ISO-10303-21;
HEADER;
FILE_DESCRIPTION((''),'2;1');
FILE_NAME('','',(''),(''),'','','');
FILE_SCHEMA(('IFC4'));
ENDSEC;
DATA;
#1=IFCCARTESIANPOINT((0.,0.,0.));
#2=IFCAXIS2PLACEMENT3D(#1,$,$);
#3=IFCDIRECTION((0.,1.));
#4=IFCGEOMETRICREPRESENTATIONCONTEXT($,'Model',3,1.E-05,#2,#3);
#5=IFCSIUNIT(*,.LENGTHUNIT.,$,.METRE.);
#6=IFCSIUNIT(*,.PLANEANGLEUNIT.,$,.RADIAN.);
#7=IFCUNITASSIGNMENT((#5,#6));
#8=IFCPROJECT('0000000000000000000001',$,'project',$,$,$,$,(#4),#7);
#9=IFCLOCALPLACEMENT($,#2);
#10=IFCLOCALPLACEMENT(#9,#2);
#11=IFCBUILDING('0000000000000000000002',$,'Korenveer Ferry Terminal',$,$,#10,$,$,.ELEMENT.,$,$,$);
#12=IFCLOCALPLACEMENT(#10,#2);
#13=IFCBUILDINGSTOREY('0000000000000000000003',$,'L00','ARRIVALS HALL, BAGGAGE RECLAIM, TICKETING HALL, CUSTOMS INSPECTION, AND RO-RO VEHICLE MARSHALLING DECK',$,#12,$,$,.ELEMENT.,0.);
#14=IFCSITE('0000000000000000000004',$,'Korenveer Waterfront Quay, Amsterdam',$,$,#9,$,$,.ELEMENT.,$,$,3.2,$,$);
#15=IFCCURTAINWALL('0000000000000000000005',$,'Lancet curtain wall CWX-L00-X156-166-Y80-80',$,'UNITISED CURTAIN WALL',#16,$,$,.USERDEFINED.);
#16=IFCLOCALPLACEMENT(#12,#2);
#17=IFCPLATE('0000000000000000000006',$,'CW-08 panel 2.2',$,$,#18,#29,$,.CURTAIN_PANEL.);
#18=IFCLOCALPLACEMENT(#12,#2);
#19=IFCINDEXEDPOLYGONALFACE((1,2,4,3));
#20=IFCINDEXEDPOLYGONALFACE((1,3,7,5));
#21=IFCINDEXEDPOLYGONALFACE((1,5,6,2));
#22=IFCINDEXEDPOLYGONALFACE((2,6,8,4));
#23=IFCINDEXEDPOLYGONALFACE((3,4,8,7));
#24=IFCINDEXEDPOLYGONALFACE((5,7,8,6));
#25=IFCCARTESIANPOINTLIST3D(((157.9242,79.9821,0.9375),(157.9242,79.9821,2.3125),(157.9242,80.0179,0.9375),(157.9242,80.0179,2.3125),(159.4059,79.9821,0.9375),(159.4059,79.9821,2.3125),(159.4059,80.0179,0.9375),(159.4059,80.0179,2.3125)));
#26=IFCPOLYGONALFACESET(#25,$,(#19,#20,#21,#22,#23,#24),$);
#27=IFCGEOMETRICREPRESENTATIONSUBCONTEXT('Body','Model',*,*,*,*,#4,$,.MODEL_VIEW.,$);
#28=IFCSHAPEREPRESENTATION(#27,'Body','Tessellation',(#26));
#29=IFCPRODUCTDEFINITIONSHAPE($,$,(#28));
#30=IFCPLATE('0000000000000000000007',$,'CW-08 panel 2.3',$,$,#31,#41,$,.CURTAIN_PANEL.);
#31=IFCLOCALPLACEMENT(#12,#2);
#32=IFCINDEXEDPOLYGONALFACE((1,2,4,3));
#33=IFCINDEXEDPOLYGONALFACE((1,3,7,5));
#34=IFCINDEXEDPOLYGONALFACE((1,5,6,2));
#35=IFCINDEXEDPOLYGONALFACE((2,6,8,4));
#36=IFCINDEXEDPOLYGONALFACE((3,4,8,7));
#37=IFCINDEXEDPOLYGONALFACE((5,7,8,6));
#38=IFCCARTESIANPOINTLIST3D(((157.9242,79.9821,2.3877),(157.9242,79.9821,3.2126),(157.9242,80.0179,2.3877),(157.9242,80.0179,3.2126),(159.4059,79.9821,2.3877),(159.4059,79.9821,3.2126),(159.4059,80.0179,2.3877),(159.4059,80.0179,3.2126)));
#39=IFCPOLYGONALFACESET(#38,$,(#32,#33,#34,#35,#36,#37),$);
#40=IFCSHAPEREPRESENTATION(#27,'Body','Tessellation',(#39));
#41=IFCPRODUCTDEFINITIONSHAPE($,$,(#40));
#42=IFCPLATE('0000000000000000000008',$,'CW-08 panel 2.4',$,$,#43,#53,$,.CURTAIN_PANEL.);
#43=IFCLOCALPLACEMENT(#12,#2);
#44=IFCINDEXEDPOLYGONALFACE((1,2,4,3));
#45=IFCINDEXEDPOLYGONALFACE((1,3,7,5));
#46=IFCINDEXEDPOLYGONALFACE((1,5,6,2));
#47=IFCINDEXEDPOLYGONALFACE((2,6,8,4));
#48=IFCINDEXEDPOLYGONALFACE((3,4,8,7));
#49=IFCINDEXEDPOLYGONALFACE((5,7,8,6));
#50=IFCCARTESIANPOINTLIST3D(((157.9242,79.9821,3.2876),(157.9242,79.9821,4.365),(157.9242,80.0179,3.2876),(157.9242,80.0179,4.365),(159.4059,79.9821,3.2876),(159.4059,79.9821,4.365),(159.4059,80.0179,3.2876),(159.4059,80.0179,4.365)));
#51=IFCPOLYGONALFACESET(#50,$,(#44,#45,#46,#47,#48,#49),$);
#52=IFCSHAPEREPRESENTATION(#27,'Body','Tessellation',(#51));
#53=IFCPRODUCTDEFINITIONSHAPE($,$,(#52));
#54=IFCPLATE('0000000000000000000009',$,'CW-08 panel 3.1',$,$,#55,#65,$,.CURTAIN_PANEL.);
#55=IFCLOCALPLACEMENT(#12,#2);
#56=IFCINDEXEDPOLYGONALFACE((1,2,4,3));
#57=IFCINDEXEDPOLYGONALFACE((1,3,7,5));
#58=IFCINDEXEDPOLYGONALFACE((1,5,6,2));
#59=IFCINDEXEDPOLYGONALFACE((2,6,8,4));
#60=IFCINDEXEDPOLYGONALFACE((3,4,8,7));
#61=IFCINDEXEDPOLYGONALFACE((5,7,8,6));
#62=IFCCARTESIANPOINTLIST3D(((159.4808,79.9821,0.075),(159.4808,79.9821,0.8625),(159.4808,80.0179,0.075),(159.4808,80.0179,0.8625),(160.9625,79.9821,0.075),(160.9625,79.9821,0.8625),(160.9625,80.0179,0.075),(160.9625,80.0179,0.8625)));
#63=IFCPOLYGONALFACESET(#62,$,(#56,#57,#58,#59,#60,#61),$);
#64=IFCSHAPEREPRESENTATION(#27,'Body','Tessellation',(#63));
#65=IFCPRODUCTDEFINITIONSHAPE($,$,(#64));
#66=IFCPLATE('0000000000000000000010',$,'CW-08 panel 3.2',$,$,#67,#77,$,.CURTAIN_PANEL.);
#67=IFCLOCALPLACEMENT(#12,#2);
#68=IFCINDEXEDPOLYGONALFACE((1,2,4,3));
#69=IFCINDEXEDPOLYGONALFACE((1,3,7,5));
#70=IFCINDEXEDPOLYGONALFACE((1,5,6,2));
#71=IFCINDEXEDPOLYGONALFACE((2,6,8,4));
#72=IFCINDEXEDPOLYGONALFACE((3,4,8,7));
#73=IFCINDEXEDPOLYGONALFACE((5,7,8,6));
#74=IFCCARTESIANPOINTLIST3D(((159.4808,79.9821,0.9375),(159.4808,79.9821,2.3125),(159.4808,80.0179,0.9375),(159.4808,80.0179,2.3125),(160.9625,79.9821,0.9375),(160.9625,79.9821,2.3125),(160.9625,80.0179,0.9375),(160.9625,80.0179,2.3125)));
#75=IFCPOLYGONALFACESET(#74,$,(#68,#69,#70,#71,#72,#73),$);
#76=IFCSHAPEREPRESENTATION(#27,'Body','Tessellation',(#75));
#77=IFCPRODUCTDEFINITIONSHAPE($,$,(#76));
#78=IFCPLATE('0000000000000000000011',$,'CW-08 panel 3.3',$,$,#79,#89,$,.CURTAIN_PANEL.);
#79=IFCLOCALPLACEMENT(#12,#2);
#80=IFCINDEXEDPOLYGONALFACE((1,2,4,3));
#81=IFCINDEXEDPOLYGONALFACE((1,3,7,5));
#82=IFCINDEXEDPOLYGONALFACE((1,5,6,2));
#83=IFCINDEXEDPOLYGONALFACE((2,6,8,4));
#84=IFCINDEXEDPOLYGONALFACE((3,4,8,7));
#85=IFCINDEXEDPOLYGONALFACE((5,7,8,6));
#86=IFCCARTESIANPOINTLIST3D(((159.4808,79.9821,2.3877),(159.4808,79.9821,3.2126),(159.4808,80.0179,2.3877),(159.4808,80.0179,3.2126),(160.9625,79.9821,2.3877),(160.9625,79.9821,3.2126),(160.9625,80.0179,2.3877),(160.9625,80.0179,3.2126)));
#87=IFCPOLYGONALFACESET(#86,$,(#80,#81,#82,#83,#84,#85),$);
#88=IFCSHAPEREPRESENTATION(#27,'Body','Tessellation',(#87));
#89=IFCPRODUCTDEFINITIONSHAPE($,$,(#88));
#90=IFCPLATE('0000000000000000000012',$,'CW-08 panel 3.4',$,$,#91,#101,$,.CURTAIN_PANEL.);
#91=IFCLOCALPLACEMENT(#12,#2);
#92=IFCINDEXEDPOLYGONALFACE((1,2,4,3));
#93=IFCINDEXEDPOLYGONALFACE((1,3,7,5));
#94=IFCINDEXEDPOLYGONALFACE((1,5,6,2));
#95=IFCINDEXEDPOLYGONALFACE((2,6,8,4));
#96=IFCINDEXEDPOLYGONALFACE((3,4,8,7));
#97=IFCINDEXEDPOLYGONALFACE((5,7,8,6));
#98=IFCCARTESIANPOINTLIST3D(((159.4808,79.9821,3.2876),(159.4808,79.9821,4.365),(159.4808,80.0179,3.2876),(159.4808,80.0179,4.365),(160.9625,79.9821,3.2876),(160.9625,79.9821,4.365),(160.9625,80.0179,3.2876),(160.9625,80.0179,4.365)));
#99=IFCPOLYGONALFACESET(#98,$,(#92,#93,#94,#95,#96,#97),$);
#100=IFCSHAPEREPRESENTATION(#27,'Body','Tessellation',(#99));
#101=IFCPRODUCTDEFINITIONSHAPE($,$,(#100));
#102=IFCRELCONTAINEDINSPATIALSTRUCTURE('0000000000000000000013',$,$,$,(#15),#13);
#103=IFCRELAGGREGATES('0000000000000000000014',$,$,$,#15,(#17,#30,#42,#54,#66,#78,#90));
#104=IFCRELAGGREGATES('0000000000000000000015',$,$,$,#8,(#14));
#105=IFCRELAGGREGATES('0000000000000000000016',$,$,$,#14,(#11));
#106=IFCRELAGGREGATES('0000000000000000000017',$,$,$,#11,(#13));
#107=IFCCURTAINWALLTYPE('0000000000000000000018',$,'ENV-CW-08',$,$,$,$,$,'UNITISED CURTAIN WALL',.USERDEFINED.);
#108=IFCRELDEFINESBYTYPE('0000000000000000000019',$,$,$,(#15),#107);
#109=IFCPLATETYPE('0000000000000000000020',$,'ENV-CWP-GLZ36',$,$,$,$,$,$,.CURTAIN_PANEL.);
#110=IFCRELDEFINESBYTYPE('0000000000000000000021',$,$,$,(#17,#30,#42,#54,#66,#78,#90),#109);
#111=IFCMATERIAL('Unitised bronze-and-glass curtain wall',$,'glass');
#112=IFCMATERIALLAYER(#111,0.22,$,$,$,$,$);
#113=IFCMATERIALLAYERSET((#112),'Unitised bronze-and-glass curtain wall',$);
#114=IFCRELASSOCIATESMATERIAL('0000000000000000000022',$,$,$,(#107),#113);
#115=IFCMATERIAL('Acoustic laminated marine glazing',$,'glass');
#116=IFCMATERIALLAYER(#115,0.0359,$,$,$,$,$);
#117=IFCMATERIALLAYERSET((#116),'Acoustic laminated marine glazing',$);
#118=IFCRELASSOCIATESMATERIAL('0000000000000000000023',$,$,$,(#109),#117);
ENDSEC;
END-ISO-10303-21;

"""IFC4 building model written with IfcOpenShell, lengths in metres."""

from ifc_helpers import new_model, si_unit, direction, frame, origin, origin_2d, place, context, subcontext, project, spatial, rectangle, extrude, material, layer, layer_set, type_object, element, aggregate, save


model = new_model("IFC4")

# Units and contexts
model_context = context("Model", 3, precision=1e-05, world=origin(), true_north=direction((0.0, 1.0)))
body_context = subcontext(model_context, "Body", "Model", "MODEL_VIEW")
ifc_project = project(units=[si_unit("LENGTHUNIT", "METRE"), si_unit("PLANEANGLEUNIT", "RADIAN")], contexts=[model_context])

# Site, building, storey
site_placement = place(None, origin())
site = spatial("IfcSite", under=ifc_project, at=site_placement, Name="Korenveer Waterfront Quay, Amsterdam", CompositionType="ELEMENT", RefElevation=3.2)
building_placement = place(site_placement, origin())
building = spatial("IfcBuilding", under=site, at=building_placement, Name="Korenveer Ferry Terminal", CompositionType="ELEMENT")
storey_placement = place(building_placement, origin())
storey = spatial("IfcBuildingStorey", under=building, at=storey_placement, Name="L00", Description="ARRIVALS HALL, BAGGAGE RECLAIM, TICKETING HALL, CUSTOMS INSPECTION, AND RO-RO VEHICLE MARSHALLING DECK", CompositionType="ELEMENT", Elevation=0.0)

# Curtain wall, plates
ifc_material_1 = material(Name="Unitised bronze-and-glass curtain wall", Category="glass")
ifc_layer_1 = layer(ifc_material_1, 0.22)
ifc_layer_set_1 = layer_set([ifc_layer_1], Name="Unitised bronze-and-glass curtain wall")
curtain_wall_type = type_object("IfcCurtainWallType", Name="ENV-CW-08", ElementType="UNITISED CURTAIN WALL", PredefinedType="USERDEFINED", material=ifc_layer_set_1)
curtain_wall_placement = place(storey_placement, frame((156.3301, 80.0, 0.0)))
curtain_wall = element("IfcCurtainWall", 1, at=curtain_wall_placement, inside=storey, type_object=curtain_wall_type, Name="Lancet curtain wall CWX-L00-X156-166-Y80-80", ObjectType="UNITISED CURTAIN WALL", PredefinedType="USERDEFINED")
ifc_material_2 = material(Name="Acoustic laminated marine glazing", Category="glass")
ifc_layer_2 = layer(ifc_material_2, 0.0359)
ifc_layer_set_2 = layer_set([ifc_layer_2], Name="Acoustic laminated marine glazing")
plate_type = type_object("IfcPlateType", Name="ENV-CWP-GLZ36", PredefinedType="CURTAIN_PANEL", material=ifc_layer_set_2)
plate_1_placement = place(storey_placement, frame((158.665, 80.0, 0.9375), z_axis=(0.0, 0.0, 1.0), x_axis=(1.0, 0.0, 0.0)))
plate_1 = element("IfcPlate", 2, at=plate_1_placement, type_object=plate_type, Name="CW-08 panel 2.2", PredefinedType="CURTAIN_PANEL", context=body_context, shape_type="SweptSolid", body=[
    extrude(rectangle(XDim=1.4817, YDim=0.0359, at=origin_2d()), origin(), (0.0, 0.0, 1.0), 1.375),
])
plate_2_placement = place(storey_placement, frame((158.665, 80.0, 2.3877), z_axis=(0.0, 0.0, 1.0), x_axis=(1.0, 0.0, 0.0)))
plate_2 = element("IfcPlate", 3, at=plate_2_placement, type_object=plate_type, Name="CW-08 panel 2.3", PredefinedType="CURTAIN_PANEL", context=body_context, shape_type="SweptSolid", body=[
    extrude(rectangle(XDim=1.4817, YDim=0.0359, at=origin_2d()), origin(), (0.0, 0.0, 1.0), 0.825),
])
plate_3_placement = place(storey_placement, frame((158.665, 80.0, 3.2876), z_axis=(0.0, 0.0, 1.0), x_axis=(1.0, 0.0, 0.0)))
plate_3 = element("IfcPlate", 4, at=plate_3_placement, type_object=plate_type, Name="CW-08 panel 2.4", PredefinedType="CURTAIN_PANEL", context=body_context, shape_type="SweptSolid", body=[
    extrude(rectangle(XDim=1.4817, YDim=0.0359, at=origin_2d()), origin(), (0.0, 0.0, 1.0), 1.0774),
])
plate_4_placement = place(storey_placement, frame((160.2217, 80.0, 0.075), z_axis=(0.0, 0.0, 1.0), x_axis=(1.0, 0.0, 0.0)))
plate_4 = element("IfcPlate", 5, at=plate_4_placement, type_object=plate_type, Name="CW-08 panel 3.1", PredefinedType="CURTAIN_PANEL", context=body_context, shape_type="SweptSolid", body=[
    extrude(rectangle(XDim=1.4817, YDim=0.0359, at=origin_2d()), origin(), (0.0, 0.0, 1.0), 0.7876),
])
plate_5_placement = place(storey_placement, frame((160.2217, 80.0, 0.9375), z_axis=(0.0, 0.0, 1.0), x_axis=(1.0, 0.0, 0.0)))
plate_5 = element("IfcPlate", 6, at=plate_5_placement, type_object=plate_type, Name="CW-08 panel 3.2", PredefinedType="CURTAIN_PANEL", context=body_context, shape_type="SweptSolid", body=[
    extrude(rectangle(XDim=1.4817, YDim=0.0359, at=origin_2d()), origin(), (0.0, 0.0, 1.0), 1.375),
])
plate_6_placement = place(storey_placement, frame((160.2217, 80.0, 2.3877), z_axis=(0.0, 0.0, 1.0), x_axis=(1.0, 0.0, 0.0)))
plate_6 = element("IfcPlate", 7, at=plate_6_placement, type_object=plate_type, Name="CW-08 panel 3.3", PredefinedType="CURTAIN_PANEL", context=body_context, shape_type="SweptSolid", body=[
    extrude(rectangle(XDim=1.4817, YDim=0.0359, at=origin_2d()), origin(), (0.0, 0.0, 1.0), 0.825),
])
plate_7_placement = place(storey_placement, frame((160.2217, 80.0, 3.2876), z_axis=(0.0, 0.0, 1.0), x_axis=(1.0, 0.0, 0.0)))
plate_7 = element("IfcPlate", 8, at=plate_7_placement, type_object=plate_type, Name="CW-08 panel 3.4", PredefinedType="CURTAIN_PANEL", context=body_context, shape_type="SweptSolid", body=[
    extrude(rectangle(XDim=1.4817, YDim=0.0359, at=origin_2d()), origin(), (0.0, 0.0, 1.0), 1.0774),
])
aggregate(curtain_wall, [plate_1, plate_2, plate_3, plate_4, plate_5, plate_6, plate_7])

save(model, "model.ifc")
